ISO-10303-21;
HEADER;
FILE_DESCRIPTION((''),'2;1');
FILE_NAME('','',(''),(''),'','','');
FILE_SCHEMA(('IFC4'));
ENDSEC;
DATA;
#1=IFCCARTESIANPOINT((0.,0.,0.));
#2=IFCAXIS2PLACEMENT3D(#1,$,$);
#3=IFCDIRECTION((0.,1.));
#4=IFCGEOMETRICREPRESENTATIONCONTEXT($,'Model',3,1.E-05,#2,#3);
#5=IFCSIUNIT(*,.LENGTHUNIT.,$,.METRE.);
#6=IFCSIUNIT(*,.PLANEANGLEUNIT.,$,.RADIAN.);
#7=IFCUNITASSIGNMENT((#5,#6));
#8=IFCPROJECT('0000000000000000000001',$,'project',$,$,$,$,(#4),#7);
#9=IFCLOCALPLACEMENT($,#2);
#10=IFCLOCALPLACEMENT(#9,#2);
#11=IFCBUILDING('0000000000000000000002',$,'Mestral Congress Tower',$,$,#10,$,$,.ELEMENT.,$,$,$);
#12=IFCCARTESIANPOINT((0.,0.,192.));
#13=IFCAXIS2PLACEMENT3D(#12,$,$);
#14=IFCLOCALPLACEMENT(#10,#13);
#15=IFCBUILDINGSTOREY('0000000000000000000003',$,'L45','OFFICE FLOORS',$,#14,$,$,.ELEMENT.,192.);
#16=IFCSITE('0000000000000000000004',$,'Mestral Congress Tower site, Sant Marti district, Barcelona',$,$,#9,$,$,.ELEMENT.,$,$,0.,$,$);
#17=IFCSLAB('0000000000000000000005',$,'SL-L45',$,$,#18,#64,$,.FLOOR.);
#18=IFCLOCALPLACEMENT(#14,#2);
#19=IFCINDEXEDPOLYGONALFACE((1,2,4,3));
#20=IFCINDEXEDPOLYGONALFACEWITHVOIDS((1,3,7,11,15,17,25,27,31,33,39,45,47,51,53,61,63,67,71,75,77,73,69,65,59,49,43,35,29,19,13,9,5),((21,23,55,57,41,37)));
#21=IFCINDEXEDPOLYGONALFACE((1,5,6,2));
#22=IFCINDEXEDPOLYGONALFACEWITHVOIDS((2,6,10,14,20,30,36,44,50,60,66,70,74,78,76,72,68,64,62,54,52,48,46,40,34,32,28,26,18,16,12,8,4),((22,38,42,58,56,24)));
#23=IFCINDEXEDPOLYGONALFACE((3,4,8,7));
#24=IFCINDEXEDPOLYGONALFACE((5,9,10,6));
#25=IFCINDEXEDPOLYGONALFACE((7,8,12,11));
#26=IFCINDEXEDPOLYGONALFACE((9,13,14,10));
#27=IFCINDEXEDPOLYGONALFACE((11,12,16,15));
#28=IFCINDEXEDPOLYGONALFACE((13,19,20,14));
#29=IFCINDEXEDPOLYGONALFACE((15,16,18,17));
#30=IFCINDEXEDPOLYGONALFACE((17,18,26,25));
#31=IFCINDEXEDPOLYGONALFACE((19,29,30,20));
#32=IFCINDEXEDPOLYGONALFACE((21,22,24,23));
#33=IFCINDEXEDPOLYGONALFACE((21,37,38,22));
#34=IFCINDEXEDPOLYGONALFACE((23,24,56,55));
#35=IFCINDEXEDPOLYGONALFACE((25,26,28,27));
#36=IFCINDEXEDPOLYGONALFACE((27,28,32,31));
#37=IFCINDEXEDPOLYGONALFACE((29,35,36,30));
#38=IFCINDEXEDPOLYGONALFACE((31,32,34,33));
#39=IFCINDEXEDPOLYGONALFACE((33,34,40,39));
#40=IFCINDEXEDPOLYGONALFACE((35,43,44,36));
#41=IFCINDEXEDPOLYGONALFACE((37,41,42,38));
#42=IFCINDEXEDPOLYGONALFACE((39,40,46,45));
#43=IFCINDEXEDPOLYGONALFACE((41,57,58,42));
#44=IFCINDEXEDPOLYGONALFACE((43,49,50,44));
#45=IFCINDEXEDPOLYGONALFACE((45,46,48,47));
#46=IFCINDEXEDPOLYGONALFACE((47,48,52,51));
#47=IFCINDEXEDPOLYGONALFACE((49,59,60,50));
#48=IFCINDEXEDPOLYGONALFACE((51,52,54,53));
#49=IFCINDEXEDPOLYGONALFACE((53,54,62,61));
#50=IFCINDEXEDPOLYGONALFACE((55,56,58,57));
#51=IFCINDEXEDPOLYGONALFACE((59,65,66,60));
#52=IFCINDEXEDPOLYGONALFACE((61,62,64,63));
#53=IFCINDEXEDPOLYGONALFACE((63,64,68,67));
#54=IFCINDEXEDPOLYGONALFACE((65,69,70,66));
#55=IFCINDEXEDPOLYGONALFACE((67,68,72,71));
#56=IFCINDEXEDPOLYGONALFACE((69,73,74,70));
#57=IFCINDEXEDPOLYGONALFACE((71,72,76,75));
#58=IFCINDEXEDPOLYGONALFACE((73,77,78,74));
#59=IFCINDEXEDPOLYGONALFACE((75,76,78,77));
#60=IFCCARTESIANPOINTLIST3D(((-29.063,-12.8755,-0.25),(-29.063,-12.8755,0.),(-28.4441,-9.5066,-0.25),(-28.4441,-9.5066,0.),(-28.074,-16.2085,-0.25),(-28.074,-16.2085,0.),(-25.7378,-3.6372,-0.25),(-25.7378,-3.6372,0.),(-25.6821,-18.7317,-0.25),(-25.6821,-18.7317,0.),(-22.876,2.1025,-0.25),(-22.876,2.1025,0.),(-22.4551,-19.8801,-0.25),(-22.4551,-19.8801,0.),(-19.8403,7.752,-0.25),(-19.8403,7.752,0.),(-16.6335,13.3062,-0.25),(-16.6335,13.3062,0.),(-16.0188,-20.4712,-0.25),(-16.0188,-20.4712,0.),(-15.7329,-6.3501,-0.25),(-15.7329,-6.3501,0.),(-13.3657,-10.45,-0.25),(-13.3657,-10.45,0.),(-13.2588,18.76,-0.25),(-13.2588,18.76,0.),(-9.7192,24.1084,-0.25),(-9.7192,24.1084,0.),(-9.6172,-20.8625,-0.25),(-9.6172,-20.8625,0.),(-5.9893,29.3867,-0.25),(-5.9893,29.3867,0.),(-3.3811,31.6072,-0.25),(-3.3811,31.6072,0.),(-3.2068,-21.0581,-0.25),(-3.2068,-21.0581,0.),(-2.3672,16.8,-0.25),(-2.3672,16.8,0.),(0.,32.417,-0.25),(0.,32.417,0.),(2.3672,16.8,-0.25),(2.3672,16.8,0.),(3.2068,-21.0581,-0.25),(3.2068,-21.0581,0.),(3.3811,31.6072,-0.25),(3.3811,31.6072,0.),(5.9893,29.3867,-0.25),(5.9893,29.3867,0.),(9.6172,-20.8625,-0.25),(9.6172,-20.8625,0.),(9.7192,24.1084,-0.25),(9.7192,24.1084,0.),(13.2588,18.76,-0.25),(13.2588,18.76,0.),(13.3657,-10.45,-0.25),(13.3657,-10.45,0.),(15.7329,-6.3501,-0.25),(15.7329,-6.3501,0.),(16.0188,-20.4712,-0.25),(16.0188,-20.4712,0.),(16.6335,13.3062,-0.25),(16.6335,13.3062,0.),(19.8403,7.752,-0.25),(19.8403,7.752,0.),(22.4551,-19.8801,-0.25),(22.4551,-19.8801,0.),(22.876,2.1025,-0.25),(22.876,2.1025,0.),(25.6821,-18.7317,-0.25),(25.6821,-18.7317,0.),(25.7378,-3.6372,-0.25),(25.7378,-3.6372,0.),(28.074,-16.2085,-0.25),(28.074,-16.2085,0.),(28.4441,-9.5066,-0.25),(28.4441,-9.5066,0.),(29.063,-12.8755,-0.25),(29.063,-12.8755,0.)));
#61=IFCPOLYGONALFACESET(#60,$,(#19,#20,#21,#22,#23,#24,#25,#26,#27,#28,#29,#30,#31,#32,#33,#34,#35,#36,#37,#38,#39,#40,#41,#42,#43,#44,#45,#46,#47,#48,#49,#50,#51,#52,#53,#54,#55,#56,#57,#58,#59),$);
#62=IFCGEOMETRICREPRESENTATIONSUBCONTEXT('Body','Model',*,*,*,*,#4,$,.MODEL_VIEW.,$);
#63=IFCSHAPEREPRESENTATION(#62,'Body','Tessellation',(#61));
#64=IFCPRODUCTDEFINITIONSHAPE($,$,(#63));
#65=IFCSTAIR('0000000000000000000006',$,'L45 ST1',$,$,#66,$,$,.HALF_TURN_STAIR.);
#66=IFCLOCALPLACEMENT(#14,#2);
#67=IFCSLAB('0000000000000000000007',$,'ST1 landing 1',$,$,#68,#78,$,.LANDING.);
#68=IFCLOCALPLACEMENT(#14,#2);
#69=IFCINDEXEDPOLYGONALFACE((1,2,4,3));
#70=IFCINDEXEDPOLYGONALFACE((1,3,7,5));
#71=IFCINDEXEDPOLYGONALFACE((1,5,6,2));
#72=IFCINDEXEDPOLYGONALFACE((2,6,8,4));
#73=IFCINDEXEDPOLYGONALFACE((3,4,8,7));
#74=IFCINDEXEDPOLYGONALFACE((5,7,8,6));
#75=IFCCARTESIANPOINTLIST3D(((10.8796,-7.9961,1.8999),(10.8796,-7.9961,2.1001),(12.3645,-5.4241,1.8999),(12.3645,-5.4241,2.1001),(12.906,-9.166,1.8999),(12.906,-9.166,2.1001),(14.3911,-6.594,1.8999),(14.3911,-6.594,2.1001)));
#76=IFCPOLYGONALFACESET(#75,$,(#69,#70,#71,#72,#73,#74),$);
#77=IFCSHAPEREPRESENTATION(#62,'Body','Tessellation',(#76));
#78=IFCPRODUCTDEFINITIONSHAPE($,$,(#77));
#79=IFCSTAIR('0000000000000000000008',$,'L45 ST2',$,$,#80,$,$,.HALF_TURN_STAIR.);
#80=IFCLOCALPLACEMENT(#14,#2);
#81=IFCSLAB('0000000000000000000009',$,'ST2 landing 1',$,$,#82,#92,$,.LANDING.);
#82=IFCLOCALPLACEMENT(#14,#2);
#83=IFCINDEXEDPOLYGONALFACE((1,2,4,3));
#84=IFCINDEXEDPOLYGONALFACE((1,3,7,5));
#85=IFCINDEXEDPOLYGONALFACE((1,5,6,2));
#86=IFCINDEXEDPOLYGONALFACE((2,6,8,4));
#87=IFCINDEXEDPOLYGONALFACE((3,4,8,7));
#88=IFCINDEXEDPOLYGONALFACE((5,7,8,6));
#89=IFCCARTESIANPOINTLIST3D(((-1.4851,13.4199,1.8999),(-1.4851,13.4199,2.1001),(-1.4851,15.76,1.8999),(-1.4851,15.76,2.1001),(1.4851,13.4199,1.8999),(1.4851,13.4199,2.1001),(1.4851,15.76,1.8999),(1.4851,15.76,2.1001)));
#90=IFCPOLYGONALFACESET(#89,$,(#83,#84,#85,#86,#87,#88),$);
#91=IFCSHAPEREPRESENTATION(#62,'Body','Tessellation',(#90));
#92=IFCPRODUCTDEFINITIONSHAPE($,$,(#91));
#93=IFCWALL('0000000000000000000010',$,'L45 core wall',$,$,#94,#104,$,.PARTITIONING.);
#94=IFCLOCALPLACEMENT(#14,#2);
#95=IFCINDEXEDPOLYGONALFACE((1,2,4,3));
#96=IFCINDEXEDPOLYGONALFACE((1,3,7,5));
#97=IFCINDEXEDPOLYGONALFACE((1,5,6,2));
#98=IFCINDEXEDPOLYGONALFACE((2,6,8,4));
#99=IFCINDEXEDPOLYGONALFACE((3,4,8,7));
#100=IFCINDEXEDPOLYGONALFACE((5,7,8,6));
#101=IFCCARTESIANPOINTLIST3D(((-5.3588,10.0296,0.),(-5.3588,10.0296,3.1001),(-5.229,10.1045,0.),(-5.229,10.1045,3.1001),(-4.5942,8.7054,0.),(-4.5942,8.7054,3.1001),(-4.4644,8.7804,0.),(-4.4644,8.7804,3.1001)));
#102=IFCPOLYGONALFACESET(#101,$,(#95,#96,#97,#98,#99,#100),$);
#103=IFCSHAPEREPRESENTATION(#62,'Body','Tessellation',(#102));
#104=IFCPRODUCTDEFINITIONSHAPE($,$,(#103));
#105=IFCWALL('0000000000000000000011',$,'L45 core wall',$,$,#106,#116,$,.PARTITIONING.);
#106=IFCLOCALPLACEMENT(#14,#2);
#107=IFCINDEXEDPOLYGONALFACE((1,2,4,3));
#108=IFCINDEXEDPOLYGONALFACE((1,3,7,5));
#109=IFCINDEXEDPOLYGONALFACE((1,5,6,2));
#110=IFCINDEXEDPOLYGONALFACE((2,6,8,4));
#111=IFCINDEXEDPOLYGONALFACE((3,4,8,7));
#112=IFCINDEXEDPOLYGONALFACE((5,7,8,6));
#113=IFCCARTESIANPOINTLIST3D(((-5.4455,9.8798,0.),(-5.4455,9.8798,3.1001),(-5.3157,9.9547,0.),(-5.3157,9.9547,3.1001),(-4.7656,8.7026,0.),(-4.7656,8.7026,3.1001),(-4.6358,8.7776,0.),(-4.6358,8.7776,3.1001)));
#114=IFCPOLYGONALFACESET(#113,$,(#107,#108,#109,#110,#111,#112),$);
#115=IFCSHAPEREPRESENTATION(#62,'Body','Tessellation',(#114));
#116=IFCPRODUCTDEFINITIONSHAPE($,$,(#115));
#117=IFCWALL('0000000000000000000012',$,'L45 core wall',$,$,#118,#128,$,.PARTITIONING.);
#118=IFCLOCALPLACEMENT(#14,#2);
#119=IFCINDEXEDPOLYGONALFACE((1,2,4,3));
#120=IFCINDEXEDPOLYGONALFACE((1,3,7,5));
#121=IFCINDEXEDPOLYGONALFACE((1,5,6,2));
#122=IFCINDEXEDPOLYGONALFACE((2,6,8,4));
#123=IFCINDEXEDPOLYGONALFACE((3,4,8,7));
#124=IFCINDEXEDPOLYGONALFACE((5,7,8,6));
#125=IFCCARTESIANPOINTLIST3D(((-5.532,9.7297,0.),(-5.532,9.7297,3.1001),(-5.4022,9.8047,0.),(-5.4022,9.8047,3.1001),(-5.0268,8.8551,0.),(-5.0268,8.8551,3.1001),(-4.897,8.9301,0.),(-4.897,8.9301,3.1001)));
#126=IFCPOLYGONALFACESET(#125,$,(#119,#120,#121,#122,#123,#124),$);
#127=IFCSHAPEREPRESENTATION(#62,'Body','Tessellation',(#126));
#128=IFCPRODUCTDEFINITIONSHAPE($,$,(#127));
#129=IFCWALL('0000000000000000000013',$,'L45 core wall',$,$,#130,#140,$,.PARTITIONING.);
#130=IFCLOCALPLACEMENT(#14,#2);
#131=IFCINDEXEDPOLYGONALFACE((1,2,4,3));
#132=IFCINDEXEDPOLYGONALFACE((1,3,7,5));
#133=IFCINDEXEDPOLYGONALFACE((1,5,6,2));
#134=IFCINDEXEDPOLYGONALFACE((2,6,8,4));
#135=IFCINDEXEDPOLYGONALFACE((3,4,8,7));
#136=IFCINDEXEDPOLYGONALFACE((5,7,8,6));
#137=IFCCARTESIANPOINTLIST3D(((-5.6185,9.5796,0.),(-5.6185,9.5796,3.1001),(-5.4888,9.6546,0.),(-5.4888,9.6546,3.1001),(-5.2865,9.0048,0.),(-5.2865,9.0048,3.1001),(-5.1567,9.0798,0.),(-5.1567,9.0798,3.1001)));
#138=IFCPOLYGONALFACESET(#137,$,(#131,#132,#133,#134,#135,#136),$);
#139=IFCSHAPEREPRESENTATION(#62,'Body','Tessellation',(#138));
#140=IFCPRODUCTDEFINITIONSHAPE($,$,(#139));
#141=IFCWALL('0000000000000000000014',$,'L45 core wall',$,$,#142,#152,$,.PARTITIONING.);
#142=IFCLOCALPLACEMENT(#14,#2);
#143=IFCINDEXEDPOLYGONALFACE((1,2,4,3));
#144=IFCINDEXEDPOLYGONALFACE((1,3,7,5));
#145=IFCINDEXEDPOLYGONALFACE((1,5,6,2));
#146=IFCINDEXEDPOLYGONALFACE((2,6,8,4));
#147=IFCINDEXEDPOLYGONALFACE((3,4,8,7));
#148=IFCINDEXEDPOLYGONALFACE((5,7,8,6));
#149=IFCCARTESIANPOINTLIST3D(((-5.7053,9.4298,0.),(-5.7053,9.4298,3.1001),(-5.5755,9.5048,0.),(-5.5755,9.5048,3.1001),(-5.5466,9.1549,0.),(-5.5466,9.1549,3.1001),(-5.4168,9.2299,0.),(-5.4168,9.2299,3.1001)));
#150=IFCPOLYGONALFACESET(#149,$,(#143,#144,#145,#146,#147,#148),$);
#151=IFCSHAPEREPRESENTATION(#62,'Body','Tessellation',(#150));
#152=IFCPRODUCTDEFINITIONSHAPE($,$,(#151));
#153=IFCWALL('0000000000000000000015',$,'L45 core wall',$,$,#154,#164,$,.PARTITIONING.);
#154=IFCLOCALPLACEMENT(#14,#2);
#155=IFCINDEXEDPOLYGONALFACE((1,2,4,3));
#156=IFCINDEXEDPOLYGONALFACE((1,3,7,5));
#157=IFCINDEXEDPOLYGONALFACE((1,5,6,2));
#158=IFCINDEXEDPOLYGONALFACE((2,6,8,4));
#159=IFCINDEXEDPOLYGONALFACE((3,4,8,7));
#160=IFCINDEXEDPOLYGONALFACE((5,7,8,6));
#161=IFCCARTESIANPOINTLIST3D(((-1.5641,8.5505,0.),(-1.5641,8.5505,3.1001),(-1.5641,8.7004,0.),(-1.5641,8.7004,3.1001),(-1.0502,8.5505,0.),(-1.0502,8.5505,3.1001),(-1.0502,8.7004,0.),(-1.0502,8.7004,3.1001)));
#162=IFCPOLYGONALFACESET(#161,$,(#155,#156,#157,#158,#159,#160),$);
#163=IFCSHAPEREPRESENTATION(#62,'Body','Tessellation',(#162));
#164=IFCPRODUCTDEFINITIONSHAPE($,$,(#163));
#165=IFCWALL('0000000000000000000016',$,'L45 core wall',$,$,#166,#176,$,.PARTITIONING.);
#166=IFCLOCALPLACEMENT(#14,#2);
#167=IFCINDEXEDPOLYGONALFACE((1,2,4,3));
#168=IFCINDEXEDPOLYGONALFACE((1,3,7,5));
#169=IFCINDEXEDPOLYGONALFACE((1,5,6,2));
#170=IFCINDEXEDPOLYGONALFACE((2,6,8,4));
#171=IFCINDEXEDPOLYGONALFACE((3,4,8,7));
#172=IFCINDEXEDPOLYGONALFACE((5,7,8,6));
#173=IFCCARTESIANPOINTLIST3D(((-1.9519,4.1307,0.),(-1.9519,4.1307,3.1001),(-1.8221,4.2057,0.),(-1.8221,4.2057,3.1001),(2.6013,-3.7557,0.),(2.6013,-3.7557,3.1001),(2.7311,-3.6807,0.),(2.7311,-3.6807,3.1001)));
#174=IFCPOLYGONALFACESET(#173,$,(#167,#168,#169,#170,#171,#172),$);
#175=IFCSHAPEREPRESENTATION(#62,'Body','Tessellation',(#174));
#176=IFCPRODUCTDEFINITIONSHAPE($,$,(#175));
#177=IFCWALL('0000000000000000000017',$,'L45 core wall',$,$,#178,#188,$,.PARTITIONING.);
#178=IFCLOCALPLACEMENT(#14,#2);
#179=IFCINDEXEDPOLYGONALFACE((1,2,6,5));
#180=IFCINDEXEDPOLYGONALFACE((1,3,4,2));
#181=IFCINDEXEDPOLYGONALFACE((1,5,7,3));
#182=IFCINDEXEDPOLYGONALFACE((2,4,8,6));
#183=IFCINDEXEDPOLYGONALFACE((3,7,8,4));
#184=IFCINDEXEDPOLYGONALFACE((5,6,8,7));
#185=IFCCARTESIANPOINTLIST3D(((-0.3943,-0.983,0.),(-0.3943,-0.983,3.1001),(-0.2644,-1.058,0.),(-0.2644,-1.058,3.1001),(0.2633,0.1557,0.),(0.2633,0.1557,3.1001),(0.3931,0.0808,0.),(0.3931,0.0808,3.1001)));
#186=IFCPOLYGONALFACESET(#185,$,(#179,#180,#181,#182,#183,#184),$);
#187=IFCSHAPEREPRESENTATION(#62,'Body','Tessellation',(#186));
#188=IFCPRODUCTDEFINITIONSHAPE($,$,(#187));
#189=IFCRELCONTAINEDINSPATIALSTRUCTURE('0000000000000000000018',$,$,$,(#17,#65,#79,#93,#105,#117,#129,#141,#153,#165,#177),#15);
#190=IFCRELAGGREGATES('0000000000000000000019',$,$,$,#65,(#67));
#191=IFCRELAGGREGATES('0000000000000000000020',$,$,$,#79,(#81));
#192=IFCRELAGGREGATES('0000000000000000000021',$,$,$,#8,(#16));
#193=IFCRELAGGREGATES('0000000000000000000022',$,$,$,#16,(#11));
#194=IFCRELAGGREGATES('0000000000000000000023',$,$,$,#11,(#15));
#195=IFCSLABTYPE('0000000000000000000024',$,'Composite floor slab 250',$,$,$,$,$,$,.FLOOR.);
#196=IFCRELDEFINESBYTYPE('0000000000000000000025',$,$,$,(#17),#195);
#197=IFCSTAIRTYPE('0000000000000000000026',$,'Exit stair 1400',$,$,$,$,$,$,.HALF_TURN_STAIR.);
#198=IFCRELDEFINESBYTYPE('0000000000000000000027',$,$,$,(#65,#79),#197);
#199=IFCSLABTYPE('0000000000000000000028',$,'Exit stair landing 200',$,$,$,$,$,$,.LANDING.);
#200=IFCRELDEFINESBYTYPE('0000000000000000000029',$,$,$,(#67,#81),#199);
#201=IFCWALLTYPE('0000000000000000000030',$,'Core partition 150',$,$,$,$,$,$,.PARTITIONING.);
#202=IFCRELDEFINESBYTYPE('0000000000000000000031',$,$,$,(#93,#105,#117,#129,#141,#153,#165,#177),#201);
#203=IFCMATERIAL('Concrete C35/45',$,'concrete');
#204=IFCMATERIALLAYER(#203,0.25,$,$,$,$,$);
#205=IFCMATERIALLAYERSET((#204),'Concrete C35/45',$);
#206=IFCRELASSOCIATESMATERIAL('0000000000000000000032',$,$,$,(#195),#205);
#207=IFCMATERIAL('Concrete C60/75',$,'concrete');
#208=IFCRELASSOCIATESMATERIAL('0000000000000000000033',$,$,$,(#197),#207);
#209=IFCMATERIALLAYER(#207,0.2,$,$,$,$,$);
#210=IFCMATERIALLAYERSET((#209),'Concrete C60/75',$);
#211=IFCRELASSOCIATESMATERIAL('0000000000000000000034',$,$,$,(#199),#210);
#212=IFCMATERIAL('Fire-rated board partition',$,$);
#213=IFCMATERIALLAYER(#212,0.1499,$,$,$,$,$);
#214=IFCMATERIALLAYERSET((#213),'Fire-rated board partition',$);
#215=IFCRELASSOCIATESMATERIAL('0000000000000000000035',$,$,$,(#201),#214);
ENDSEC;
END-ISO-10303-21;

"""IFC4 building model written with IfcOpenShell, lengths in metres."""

from ifc_helpers import new_model, si_unit, direction, frame, frame_2d, origin, place, context, subcontext, project, spatial, polyline, rectangle, outline, extrude, material, layer, layer_set, type_object, element, aggregate, save


model = new_model("IFC4")

# Units and contexts
model_context = context("Model", 3, precision=1e-05, world=origin(), true_north=direction((0.0, 1.0)))
body_context = subcontext(model_context, "Body", "Model", "MODEL_VIEW")
ifc_project = project(units=[si_unit("LENGTHUNIT", "METRE"), si_unit("PLANEANGLEUNIT", "RADIAN")], contexts=[model_context])

# Site, building, storey
site_placement = place(None, origin())
site = spatial("IfcSite", under=ifc_project, at=site_placement, Name="Mestral Congress Tower site, Sant Marti district, Barcelona", CompositionType="ELEMENT", RefElevation=0.0)
building_placement = place(site_placement, origin())
building = spatial("IfcBuilding", under=site, at=building_placement, Name="Mestral Congress Tower", CompositionType="ELEMENT")
storey_placement = place(building_placement, frame((0.0, 0.0, 192.0)))
storey = spatial("IfcBuildingStorey", under=building, at=storey_placement, Name="L45", Description="OFFICE FLOORS", CompositionType="ELEMENT", Elevation=192.0)

# Slab
ifc_material_1 = material(Name="Concrete C35/45", Category="concrete")
ifc_layer_1 = layer(ifc_material_1, 0.25)
ifc_layer_set_1 = layer_set([ifc_layer_1], Name="Concrete C35/45")
slab_type_1 = type_object("IfcSlabType", Name="Composite floor slab 250", PredefinedType="FLOOR", material=ifc_layer_set_1)
slab_1_placement = place(storey_placement, frame((0.0, 0.0, -0.25)))
element("IfcSlab", 1, at=slab_1_placement, inside=storey, type_object=slab_type_1, Name="SL-L45", PredefinedType="FLOOR", context=body_context, shape_type="SweptSolid", body=[
    extrude(outline(polyline([(-22.4551, -19.8801), (-25.6821, -18.7317), (-28.074, -16.2085), (-29.063, -12.8755), (-28.4441, -9.5066), (-25.7378, -3.6372), (-22.876, 2.1025), (-19.8403, 7.752), (-16.6335, 13.3062), (-13.2588, 18.76), (-9.7192, 24.1084), (-5.9893, 29.3867), (-3.3811, 31.6072), (0.0, 32.417), (3.3811, 31.6072), (5.9893, 29.3867), (9.7192, 24.1084), (13.2588, 18.76), (16.6335, 13.3062), (19.8403, 7.752), (22.876, 2.1025), (25.7378, -3.6372), (28.4441, -9.5066), (29.063, -12.8755), (28.074, -16.2085), (25.6821, -18.7317), (22.4551, -19.8801), (16.0188, -20.4712), (9.6172, -20.8625), (3.2068, -21.0581), (-3.2068, -21.0581), (-9.6172, -20.8625), (-16.0188, -20.4712), (-22.4551, -19.8801)]), holes=[polyline([(-2.3672, 16.8), (-15.7329, -6.3501), (-13.3657, -10.45), (13.3657, -10.45), (15.7329, -6.3501), (2.3672, 16.8), (-2.3672, 16.8)])]), origin(), (0.0, 0.0, 1.0), 0.25),
])

# Stairs, slabs
ifc_material_2 = material(Name="Concrete C60/75", Category="concrete")
stair_type = type_object("IfcStairType", Name="Exit stair 1400", PredefinedType="HALF_TURN_STAIR", material=ifc_material_2)
placement_1 = place(storey_placement, origin())
stair_1 = element("IfcStair", 2, at=placement_1, inside=storey, type_object=stair_type, Name="L45 ST1", PredefinedType="HALF_TURN_STAIR")
ifc_layer_2 = layer(ifc_material_2, 0.2)
ifc_layer_set_2 = layer_set([ifc_layer_2], Name="Concrete C60/75")
slab_type_2 = type_object("IfcSlabType", Name="Exit stair landing 200", PredefinedType="LANDING", material=ifc_layer_set_2)
placement_2 = place(storey_placement, frame((0.0, 0.0, 1.8999)))
slab_2 = element("IfcSlab", 3, at=placement_2, type_object=slab_type_2, Name="ST1 landing 1", PredefinedType="LANDING", context=body_context, shape_type="SweptSolid", body=[
    extrude(outline(polyline([(10.8796, -7.9961), (12.3645, -5.4241), (14.3911, -6.594), (12.906, -9.166), (10.8796, -7.9961)])), origin(), (0.0, 0.0, 1.0), 0.2002),
])
aggregate(stair_1, [slab_2])
stair_2 = element("IfcStair", 4, at=placement_1, inside=storey, type_object=stair_type, Name="L45 ST2", PredefinedType="HALF_TURN_STAIR")
slab_3 = element("IfcSlab", 5, at=placement_2, type_object=slab_type_2, Name="ST2 landing 1", PredefinedType="LANDING", context=body_context, shape_type="SweptSolid", body=[
    extrude(outline(polyline([(1.4851, 13.4199), (-1.4851, 13.4199), (-1.4851, 15.76), (1.4851, 15.76), (1.4851, 13.4199)])), origin(), (0.0, 0.0, 1.0), 0.2002),
])
aggregate(stair_2, [slab_3])

# Walls
ifc_material_3 = material(Name="Fire-rated board partition")
ifc_layer_3 = layer(ifc_material_3, 0.1499)
ifc_layer_set_3 = layer_set([ifc_layer_3], Name="Fire-rated board partition")
wall_type_1 = type_object("IfcWallType", Name="Core partition 150", PredefinedType="PARTITIONING", material=ifc_layer_set_3)
wall_1_placement = place(storey_placement, frame((-5.2939, 10.0671, 0.0), z_axis=(0.0, 0.0, 1.0), x_axis=(0.500054, -0.865994, 0.0)))
element("IfcWall", 6, at=wall_1_placement, inside=storey, type_object=wall_type_1, Name="L45 core wall", PredefinedType="PARTITIONING", context=body_context, shape_type="SweptSolid", body=[
    extrude(rectangle(XDim=1.5291, YDim=0.1499, at=frame_2d((0.7646, 0.0))), origin(), (0.0, 0.0, 1.0), 3.1001),
])
wall_2_placement = place(storey_placement, frame((-5.3806, 9.9172, 0.0), z_axis=(0.0, 0.0, 1.0), x_axis=(0.500137, -0.865946, 0.0)))
element("IfcWall", 7, at=wall_2_placement, inside=storey, type_object=wall_type_1, Name="L45 core wall", PredefinedType="PARTITIONING", context=body_context, shape_type="SweptSolid", body=[
    extrude(rectangle(XDim=1.3594, YDim=0.1499, at=frame_2d((0.6797, 0.0))), origin(), (0.0, 0.0, 1.0), 3.1001),
])
wall_3_placement = place(storey_placement, frame((-5.467, 9.7671, 0.0), z_axis=(0.0, 0.0, 1.0), x_axis=(0.500169, -0.865928, 0.0)))
element("IfcWall", 8, at=wall_3_placement, inside=storey, type_object=wall_type_1, Name="L45 core wall", PredefinedType="PARTITIONING", context=body_context, shape_type="SweptSolid", body=[
    extrude(rectangle(XDim=1.01, YDim=0.1499, at=frame_2d((0.5049, 0.0))), origin(), (0.0, 0.0, 1.0), 3.1001),
])
wall_4_placement = place(storey_placement, frame((-5.5537, 9.6172, 0.0), z_axis=(0.0, 0.0, 1.0), x_axis=(0.500253, -0.865879, 0.0)))
element("IfcWall", 9, at=wall_4_placement, inside=storey, type_object=wall_type_1, Name="L45 core wall", PredefinedType="PARTITIONING", context=body_context, shape_type="SweptSolid", body=[
    extrude(rectangle(XDim=0.6638, YDim=0.1499, at=frame_2d((0.332, 0.0))), origin(), (0.0, 0.0, 1.0), 3.1001),
])
wall_5_placement = place(storey_placement, frame((-5.6404, 9.4673, 0.0), z_axis=(0.0, 0.0, 1.0), x_axis=(0.499944, -0.866058, 0.0)))
element("IfcWall", 10, at=wall_5_placement, inside=storey, type_object=wall_type_1, Name="L45 core wall", PredefinedType="PARTITIONING", context=body_context, shape_type="SweptSolid", body=[
    extrude(rectangle(XDim=0.3174, YDim=0.1499, at=frame_2d((0.1587, 0.0))), origin(), (0.0, 0.0, 1.0), 3.1001),
])
wall_6_placement = place(storey_placement, frame((-1.564, 8.6255, 0.0), z_axis=(0.0, 0.0, 1.0), x_axis=(1.0, 0.0, 0.0)))
element("IfcWall", 11, at=wall_6_placement, inside=storey, type_object=wall_type_1, Name="L45 core wall", PredefinedType="PARTITIONING", context=body_context, shape_type="SweptSolid", body=[
    extrude(rectangle(XDim=0.5139, YDim=0.1499, at=frame_2d((0.2568, 0.0))), origin(), (0.0, 0.0, 1.0), 3.1001),
])
wall_7_placement = place(storey_placement, frame((-1.887, 4.1682, 0.0), z_axis=(0.0, 0.0, 1.0), x_axis=(0.499997, -0.866027, 0.0)))
element("IfcWall", 12, at=wall_7_placement, inside=storey, type_object=wall_type_1, Name="L45 core wall", PredefinedType="PARTITIONING", context=body_context, shape_type="SweptSolid", body=[
    extrude(rectangle(XDim=9.1064, YDim=0.1499, at=frame_2d((4.5532, 0.0))), origin(), (0.0, 0.0, 1.0), 3.1001),
])
wall_8_placement = place(storey_placement, frame((-0.3293, -1.0205, 0.0), z_axis=(0.0, 0.0, 1.0), x_axis=(0.500033, 0.866006, 0.0)))
element("IfcWall", 13, at=wall_8_placement, inside=storey, type_object=wall_type_1, Name="L45 core wall", PredefinedType="PARTITIONING", context=body_context, shape_type="SweptSolid", body=[
    extrude(rectangle(XDim=1.3149, YDim=0.1499, at=frame_2d((0.6575, 0.0))), origin(), (0.0, 0.0, 1.0), 3.1001),
])

save(model, "model.ifc")
